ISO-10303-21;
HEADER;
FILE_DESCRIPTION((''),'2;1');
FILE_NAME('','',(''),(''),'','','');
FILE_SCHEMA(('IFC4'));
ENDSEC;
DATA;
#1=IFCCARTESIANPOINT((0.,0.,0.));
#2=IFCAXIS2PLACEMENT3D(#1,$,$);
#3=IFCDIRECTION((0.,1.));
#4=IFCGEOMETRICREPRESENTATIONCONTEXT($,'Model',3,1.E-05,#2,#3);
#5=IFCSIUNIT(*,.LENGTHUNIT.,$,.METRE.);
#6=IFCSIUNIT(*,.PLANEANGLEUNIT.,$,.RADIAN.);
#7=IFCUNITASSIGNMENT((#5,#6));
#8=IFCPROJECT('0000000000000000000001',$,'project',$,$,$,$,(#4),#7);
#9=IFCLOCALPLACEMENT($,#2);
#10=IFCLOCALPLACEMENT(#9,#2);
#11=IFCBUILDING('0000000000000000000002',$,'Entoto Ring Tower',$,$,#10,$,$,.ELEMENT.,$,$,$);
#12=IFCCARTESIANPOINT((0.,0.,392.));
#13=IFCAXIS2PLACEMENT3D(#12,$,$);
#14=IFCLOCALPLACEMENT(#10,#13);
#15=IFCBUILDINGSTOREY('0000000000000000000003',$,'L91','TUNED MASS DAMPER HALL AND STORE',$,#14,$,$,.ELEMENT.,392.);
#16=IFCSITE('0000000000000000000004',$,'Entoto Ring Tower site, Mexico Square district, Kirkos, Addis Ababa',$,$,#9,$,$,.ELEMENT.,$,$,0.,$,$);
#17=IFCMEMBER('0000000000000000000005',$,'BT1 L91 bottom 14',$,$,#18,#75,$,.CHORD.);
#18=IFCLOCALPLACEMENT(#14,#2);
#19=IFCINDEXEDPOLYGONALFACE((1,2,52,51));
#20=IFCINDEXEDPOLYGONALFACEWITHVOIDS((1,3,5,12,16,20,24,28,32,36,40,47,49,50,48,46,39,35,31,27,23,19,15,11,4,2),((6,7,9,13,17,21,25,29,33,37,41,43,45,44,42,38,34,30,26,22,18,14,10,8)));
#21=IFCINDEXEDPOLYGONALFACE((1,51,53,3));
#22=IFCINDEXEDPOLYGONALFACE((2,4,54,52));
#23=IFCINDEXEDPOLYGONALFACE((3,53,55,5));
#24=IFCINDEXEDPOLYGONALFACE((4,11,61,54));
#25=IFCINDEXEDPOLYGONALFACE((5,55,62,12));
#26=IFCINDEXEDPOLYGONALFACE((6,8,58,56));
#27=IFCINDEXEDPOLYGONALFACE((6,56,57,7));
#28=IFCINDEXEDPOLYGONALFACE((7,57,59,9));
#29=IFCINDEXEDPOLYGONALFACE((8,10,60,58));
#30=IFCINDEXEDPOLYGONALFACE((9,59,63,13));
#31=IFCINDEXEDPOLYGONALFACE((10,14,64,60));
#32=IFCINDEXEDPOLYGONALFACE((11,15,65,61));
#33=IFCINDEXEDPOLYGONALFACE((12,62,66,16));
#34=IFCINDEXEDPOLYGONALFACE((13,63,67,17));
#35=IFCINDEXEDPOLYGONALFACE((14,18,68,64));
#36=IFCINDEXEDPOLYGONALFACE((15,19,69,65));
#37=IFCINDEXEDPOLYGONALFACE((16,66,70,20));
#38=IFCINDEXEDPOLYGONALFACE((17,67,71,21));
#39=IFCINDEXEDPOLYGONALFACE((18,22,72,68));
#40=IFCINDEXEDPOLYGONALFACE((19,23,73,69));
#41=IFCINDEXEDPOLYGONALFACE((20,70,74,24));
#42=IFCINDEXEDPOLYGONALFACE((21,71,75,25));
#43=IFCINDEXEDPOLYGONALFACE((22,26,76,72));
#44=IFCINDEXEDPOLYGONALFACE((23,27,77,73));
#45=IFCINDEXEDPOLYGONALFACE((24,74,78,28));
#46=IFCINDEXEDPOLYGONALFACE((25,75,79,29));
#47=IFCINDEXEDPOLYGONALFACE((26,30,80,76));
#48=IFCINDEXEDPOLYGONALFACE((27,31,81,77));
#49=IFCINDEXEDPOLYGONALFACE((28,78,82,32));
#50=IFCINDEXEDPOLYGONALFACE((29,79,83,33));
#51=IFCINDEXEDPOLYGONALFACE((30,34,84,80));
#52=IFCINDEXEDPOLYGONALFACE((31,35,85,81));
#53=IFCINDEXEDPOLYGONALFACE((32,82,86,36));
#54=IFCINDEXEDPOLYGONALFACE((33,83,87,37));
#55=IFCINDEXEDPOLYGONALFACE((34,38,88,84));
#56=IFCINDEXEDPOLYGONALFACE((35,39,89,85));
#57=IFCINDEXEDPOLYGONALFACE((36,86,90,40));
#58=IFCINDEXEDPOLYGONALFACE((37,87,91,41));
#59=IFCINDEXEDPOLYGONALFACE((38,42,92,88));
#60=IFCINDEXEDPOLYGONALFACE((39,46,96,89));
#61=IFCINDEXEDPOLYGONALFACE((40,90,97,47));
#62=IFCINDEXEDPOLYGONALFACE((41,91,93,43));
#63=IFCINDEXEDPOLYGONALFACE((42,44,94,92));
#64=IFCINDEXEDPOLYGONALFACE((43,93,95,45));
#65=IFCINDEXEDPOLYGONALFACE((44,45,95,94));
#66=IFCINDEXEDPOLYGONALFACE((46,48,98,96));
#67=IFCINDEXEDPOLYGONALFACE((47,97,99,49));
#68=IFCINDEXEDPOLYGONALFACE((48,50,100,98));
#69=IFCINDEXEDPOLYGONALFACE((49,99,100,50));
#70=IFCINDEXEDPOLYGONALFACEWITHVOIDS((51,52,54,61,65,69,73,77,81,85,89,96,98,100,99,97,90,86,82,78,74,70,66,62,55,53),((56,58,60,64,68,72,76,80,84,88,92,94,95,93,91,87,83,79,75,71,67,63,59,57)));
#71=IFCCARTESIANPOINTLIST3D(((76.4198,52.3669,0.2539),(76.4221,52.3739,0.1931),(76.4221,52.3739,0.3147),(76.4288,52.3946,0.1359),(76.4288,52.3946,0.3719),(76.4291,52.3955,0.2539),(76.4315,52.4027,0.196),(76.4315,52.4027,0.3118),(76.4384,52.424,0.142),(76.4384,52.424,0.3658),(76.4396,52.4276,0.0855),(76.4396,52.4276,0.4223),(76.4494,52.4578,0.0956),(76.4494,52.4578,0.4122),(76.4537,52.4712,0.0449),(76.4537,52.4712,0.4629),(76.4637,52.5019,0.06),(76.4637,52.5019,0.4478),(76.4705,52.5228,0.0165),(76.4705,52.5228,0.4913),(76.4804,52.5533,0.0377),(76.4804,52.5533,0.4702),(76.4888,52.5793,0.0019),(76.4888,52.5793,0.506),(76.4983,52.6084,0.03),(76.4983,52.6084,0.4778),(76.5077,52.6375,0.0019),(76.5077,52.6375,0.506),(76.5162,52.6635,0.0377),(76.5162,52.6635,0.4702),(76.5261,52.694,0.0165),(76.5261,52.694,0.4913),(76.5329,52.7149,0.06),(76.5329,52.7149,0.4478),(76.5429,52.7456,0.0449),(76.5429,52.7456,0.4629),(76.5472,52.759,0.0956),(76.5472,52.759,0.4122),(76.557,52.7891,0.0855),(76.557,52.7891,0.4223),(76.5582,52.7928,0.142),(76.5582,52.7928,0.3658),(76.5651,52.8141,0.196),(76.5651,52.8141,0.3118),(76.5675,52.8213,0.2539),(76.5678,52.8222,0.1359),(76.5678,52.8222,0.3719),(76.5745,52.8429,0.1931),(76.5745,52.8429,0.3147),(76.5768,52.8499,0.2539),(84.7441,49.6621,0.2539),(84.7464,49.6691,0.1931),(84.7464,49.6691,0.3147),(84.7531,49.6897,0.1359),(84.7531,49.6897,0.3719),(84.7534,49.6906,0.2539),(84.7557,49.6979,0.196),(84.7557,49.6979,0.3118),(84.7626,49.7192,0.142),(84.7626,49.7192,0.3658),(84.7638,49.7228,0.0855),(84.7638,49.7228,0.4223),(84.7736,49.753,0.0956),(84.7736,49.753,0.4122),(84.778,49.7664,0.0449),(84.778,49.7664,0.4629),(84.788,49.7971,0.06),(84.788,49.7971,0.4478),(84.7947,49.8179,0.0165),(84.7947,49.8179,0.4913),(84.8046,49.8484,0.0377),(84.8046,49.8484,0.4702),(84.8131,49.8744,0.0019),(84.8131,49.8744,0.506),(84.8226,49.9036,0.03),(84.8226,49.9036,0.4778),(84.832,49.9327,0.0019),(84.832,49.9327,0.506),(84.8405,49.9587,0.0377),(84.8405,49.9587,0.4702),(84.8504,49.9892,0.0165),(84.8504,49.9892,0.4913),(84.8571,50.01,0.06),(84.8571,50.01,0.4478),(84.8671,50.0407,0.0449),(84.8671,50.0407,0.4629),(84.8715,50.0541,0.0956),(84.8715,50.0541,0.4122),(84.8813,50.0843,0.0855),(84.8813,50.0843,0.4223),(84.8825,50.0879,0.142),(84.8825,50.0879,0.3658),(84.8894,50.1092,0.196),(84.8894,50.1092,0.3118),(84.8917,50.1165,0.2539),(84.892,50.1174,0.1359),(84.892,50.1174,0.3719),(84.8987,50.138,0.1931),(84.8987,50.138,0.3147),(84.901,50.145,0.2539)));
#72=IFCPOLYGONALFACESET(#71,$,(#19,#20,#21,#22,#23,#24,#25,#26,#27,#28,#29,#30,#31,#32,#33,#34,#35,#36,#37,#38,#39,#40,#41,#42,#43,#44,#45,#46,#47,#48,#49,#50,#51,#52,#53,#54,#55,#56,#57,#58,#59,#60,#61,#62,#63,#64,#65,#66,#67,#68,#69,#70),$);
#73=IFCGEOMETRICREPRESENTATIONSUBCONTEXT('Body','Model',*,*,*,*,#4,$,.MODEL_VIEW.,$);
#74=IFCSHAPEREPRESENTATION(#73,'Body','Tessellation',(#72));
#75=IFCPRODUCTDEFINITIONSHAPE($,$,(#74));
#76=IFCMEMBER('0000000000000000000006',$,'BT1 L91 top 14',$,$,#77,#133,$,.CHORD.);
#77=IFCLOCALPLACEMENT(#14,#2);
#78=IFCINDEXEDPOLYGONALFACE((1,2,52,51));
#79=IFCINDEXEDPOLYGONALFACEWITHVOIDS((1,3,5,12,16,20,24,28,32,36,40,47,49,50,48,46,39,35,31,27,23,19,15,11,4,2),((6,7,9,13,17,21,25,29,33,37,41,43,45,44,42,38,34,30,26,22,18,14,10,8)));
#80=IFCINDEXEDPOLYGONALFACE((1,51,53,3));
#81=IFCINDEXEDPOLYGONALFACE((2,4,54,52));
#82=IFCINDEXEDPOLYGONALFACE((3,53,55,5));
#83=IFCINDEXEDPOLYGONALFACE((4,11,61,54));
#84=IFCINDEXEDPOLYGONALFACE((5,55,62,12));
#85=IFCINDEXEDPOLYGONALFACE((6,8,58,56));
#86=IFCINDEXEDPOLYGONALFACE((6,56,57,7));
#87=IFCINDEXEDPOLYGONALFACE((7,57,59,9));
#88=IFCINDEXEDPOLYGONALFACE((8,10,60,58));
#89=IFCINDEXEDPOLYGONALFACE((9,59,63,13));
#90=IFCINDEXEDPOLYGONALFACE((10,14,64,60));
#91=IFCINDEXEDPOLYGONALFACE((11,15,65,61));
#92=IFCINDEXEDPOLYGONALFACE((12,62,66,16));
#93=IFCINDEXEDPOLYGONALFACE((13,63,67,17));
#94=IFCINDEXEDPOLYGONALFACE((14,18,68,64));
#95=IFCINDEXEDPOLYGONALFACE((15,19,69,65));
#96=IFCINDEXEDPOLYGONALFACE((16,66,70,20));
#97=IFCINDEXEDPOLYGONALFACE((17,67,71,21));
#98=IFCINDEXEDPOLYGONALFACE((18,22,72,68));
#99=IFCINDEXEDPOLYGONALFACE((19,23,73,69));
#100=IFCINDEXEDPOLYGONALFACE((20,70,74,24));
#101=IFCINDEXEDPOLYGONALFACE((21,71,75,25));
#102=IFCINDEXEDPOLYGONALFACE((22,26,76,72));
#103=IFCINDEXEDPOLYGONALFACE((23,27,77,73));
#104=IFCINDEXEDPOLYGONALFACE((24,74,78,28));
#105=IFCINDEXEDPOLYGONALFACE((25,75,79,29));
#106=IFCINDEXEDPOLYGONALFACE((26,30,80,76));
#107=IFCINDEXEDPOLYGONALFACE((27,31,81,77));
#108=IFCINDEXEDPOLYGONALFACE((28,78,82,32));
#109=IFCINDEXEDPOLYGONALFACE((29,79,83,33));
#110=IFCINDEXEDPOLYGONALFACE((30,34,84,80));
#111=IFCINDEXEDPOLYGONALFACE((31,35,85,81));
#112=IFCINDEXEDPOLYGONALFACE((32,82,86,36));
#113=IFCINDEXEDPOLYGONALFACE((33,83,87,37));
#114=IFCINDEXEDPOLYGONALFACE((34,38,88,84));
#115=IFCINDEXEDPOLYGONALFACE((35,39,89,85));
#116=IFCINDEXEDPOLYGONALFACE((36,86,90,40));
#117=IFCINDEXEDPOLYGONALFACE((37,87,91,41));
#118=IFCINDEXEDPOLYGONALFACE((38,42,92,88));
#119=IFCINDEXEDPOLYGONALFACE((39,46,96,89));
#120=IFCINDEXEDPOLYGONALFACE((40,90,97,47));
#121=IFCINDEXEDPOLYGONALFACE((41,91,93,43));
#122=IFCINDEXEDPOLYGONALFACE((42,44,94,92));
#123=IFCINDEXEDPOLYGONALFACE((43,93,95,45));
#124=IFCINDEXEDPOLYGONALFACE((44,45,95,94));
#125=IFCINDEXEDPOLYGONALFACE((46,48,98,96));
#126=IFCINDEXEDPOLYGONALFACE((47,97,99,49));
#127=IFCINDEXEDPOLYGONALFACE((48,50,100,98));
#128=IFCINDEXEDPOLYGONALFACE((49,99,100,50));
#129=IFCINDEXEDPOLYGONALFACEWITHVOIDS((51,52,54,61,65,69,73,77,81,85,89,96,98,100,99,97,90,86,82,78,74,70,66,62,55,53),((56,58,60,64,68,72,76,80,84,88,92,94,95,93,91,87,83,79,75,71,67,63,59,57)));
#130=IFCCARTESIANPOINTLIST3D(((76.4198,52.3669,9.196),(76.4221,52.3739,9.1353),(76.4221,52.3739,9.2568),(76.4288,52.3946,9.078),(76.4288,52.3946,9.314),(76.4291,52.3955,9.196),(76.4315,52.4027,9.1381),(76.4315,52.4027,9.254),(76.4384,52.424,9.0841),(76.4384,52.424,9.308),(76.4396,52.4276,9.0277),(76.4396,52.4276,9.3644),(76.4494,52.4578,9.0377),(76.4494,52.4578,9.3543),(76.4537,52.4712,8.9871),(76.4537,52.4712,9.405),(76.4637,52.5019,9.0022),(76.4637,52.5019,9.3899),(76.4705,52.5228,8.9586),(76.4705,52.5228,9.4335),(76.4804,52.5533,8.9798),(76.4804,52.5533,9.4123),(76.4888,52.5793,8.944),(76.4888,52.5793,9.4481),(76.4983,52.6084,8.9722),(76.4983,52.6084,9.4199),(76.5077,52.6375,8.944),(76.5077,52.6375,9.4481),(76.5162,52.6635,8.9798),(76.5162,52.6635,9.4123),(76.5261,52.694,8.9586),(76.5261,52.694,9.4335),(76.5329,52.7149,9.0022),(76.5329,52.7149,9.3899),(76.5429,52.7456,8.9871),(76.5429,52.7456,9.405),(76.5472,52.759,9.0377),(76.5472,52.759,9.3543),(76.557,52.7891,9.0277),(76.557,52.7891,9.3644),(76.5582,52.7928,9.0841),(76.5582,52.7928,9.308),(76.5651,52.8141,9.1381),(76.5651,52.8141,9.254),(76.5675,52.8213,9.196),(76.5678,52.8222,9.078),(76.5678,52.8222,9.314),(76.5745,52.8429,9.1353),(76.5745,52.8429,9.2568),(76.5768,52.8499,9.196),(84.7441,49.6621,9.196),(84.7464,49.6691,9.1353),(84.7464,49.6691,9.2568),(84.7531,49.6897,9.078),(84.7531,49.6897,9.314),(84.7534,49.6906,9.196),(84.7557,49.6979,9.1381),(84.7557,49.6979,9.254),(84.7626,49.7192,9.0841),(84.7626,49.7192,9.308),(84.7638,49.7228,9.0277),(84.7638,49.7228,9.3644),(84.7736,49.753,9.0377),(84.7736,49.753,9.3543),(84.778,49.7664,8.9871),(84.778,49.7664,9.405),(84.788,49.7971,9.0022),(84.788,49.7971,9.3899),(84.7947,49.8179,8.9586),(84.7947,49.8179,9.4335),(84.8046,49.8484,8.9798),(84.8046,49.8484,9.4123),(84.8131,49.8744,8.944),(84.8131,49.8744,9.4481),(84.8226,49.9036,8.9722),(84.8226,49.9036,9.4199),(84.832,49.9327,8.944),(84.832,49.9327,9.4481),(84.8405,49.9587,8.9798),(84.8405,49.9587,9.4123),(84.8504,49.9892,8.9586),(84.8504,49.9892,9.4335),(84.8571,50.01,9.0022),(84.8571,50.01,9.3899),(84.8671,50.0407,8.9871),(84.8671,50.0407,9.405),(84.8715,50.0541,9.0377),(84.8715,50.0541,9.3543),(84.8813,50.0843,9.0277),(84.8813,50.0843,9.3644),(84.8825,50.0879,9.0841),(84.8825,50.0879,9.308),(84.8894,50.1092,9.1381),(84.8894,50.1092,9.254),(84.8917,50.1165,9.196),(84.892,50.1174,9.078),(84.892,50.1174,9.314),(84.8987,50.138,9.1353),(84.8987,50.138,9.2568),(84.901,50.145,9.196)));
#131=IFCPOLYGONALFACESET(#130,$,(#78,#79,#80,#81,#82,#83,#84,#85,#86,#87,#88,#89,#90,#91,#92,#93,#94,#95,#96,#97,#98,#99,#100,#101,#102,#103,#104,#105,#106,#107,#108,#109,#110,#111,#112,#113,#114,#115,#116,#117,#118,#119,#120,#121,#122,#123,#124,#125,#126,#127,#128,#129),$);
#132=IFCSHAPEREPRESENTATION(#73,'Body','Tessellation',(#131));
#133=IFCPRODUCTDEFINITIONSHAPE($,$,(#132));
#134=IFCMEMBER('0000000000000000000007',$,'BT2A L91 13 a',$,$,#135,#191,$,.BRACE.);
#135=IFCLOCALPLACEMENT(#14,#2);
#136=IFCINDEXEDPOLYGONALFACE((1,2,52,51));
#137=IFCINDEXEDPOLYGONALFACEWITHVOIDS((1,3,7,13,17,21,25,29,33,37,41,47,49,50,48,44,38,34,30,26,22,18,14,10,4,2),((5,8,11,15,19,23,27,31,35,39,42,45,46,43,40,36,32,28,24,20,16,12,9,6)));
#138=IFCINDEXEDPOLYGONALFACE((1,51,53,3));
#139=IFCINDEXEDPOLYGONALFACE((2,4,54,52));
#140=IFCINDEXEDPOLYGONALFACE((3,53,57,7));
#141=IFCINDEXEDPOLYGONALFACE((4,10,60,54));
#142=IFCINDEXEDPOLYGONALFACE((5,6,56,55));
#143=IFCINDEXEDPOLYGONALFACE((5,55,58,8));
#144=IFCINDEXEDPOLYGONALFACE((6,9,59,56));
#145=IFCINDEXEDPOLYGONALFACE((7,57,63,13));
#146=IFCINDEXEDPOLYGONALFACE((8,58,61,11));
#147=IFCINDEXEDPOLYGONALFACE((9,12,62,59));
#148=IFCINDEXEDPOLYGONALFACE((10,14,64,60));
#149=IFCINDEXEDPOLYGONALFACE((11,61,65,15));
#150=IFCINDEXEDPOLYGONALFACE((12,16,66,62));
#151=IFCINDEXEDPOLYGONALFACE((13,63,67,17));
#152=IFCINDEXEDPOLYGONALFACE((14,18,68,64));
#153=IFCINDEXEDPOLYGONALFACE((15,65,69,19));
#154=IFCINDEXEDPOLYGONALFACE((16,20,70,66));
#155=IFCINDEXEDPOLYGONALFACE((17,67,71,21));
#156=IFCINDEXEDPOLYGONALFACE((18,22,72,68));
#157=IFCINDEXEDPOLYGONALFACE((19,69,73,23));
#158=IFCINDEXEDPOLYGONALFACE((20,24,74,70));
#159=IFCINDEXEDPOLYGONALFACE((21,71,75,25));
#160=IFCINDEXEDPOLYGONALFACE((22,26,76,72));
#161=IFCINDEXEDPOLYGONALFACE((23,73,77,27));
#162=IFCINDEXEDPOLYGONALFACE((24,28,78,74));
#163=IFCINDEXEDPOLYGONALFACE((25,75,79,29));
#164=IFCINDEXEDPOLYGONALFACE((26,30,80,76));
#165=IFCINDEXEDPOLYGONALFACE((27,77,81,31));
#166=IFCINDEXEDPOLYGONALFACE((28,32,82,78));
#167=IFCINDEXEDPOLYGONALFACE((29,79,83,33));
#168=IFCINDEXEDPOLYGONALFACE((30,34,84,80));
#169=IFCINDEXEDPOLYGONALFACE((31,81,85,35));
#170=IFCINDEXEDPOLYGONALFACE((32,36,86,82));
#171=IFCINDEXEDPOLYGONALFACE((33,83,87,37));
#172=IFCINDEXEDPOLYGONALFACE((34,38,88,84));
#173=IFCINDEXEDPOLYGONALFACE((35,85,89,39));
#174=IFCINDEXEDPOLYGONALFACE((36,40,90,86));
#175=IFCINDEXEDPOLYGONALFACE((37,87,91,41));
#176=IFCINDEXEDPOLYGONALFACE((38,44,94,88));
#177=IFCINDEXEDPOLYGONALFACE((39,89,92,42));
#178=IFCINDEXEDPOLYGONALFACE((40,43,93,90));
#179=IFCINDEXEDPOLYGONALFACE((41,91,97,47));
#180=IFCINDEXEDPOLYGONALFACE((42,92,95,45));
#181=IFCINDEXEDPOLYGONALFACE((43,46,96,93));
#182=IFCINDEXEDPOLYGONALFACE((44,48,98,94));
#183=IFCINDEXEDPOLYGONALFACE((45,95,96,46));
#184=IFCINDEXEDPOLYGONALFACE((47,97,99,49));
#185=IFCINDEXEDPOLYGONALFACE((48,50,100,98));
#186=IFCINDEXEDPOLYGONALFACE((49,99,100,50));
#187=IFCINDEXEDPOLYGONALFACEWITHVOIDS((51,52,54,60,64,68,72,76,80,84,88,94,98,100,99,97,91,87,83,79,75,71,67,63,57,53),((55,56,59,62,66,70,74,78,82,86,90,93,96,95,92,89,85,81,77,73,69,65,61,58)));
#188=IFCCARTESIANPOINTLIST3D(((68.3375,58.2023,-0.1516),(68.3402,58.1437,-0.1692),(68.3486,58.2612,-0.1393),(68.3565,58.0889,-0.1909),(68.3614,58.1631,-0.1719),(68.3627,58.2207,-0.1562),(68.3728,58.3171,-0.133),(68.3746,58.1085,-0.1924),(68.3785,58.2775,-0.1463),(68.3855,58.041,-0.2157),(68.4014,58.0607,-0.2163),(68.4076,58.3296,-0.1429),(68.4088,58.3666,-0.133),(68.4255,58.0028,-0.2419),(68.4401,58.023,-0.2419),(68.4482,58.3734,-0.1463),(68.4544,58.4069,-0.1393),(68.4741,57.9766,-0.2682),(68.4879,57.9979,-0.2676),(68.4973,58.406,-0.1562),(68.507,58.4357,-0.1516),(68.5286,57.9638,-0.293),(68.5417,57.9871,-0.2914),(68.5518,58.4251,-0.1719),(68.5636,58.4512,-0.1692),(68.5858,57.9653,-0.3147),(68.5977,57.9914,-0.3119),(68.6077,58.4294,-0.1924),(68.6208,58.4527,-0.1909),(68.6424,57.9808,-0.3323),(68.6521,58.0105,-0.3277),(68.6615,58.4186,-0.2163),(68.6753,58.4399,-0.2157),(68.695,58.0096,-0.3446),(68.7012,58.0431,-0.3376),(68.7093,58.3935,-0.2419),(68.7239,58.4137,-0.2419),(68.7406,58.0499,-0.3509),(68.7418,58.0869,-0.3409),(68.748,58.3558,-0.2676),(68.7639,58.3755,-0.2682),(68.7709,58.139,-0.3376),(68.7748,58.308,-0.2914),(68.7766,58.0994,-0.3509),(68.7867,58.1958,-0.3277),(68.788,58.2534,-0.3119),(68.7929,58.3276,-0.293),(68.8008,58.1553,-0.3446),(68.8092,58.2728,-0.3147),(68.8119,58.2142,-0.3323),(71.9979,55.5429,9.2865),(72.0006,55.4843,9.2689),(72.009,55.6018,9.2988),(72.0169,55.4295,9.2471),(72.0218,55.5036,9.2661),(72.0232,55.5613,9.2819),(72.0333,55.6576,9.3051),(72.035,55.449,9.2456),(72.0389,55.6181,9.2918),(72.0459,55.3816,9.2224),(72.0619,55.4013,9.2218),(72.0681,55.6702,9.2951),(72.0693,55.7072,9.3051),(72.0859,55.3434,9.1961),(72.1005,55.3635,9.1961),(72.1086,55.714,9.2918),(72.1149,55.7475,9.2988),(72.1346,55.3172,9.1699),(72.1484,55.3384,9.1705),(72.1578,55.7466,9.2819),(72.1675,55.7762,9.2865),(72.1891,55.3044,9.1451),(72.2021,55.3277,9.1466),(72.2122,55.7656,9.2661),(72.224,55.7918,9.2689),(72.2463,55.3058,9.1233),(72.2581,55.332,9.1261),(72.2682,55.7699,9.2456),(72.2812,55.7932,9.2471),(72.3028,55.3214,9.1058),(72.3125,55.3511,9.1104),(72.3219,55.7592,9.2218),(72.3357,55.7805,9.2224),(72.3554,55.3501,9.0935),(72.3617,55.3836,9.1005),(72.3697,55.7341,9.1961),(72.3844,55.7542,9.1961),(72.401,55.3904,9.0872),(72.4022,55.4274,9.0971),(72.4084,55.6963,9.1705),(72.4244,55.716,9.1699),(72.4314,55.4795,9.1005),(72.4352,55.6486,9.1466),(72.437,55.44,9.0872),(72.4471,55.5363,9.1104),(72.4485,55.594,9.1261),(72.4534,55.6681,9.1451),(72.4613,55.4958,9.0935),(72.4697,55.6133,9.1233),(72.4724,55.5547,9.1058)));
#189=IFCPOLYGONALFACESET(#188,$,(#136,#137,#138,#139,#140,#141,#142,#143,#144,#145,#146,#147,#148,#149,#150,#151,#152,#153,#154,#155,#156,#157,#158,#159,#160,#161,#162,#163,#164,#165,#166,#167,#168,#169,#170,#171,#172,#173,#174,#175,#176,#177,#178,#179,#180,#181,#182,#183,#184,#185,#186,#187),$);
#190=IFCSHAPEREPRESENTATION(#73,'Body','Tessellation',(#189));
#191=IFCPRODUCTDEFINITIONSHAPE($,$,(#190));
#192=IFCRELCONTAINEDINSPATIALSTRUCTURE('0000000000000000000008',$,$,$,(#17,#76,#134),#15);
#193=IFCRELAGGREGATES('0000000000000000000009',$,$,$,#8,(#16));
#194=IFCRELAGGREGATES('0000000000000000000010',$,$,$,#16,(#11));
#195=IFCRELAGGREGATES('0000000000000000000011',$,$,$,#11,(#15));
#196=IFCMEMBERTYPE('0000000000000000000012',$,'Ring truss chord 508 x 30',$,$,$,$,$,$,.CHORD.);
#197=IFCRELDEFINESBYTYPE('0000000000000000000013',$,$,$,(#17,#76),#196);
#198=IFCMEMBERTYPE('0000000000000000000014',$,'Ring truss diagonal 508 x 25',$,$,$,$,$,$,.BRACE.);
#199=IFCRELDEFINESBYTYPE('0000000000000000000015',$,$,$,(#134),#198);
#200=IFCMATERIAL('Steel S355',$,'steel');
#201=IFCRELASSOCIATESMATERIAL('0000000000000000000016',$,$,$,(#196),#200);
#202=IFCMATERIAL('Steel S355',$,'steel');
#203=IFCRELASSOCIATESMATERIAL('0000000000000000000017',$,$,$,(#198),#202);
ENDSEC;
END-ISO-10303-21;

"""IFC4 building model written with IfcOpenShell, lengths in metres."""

from ifc_helpers import new_model, si_unit, direction, frame, origin, origin_2d, place, context, subcontext, project, spatial, circle, hollow_circle, extrude, material, material_profile, profile_set, type_object, element, save


model = new_model("IFC4")

# Units and contexts
model_context = context("Model", 3, precision=1e-05, world=origin(), true_north=direction((0.0, 1.0)))
body_context = subcontext(model_context, "Body", "Model", "MODEL_VIEW")
ifc_project = project(units=[si_unit("LENGTHUNIT", "METRE"), si_unit("PLANEANGLEUNIT", "RADIAN")], contexts=[model_context])

# Site, building, storey
site_placement = place(None, origin())
site = spatial("IfcSite", under=ifc_project, at=site_placement, Name="Entoto Ring Tower site, Mexico Square district, Kirkos, Addis Ababa", CompositionType="ELEMENT", RefElevation=0.0)
building_placement = place(site_placement, origin())
building = spatial("IfcBuilding", under=site, at=building_placement, Name="Entoto Ring Tower", CompositionType="ELEMENT")
storey_placement = place(building_placement, frame((0.0, 0.0, 392.0)))
storey = spatial("IfcBuildingStorey", under=building, at=storey_placement, Name="L91", Description="TUNED MASS DAMPER HALL AND STORE", CompositionType="ELEMENT", Elevation=392.0)

# Members
ifc_material_1 = material(Name="Steel S355", Category="steel")
ifc_material_profile_1 = material_profile(ifc_material_1, hollow_circle(Radius=0.2539, WallThickness=0.03, at=origin_2d()), Name="CHS 508 x 30")
ifc_material_2 = material(Name="Concrete C60/75", Category="concrete")
ifc_material_profile_2 = material_profile(ifc_material_2, circle(Radius=0.2241, at=origin_2d()), Name="Concrete C60/75 infill")
ifc_profile_set_1 = profile_set([ifc_material_profile_1, ifc_material_profile_2], Name="Steel S355")
member_type_1 = type_object("IfcMemberType", Name="Ring truss chord 508 x 30", PredefinedType="CHORD", material=ifc_profile_set_1)
for number, where, z_axis, x_axis, name in (
    (1, (76.4983, 52.6084, 0.2539), (0.951052, -0.309031, 0.0), (0.309031, 0.951052, 0.0), "BT1 L91 bottom 14"),
    (2, (76.4983, 52.6084, 9.196), (0.951052, -0.309031, 0.0), (0.309031, 0.951052, 0.0), "BT1 L91 top 14"),
):
    element("IfcMember", number, at=place(storey_placement, frame(where, z_axis=z_axis, x_axis=x_axis)), inside=storey, type_object=member_type_1, Name=name, PredefinedType="CHORD", context=body_context, shape_type="SweptSolid", body=[
        extrude(hollow_circle(Radius=0.2539, WallThickness=0.03, at=origin_2d()), origin(), (0.0, 0.0, 1.0), 8.7527),
    ])
ifc_material_3 = material(Name="Steel S355", Category="steel")
ifc_material_profile_3 = material_profile(ifc_material_3, hollow_circle(Radius=0.2539, WallThickness=0.0249, at=origin_2d()), Name="CHS 508 x 25")
ifc_material_4 = material(Name="Concrete C60/75", Category="concrete")
ifc_material_profile_4 = material_profile(ifc_material_4, circle(Radius=0.229, at=origin_2d()), Name="Concrete C60/75 infill")
ifc_profile_set_2 = profile_set([ifc_material_profile_3, ifc_material_profile_4], Name="Steel S355")
member_type_2 = type_object("IfcMemberType", Name="Ring truss diagonal 508 x 25", PredefinedType="BRACE", material=ifc_profile_set_2)
for number, where, z_axis, x_axis, name in (
    (3, (68.5747, 58.2083, -0.2419), (0.349727, -0.25409, 0.901737), (0.587783, 0.809018, 0.0), "BT2A L91 13 a"),
):
    element("IfcMember", number, at=place(storey_placement, frame(where, z_axis=z_axis, x_axis=x_axis)), inside=storey, type_object=member_type_2, Name=name, PredefinedType="BRACE", context=body_context, shape_type="SweptSolid", body=[
        extrude(hollow_circle(Radius=0.2539, WallThickness=0.0249, at=origin_2d()), origin(), (0.0, 0.0, 1.0), 10.4666),
    ])

save(model, "model.ifc")
